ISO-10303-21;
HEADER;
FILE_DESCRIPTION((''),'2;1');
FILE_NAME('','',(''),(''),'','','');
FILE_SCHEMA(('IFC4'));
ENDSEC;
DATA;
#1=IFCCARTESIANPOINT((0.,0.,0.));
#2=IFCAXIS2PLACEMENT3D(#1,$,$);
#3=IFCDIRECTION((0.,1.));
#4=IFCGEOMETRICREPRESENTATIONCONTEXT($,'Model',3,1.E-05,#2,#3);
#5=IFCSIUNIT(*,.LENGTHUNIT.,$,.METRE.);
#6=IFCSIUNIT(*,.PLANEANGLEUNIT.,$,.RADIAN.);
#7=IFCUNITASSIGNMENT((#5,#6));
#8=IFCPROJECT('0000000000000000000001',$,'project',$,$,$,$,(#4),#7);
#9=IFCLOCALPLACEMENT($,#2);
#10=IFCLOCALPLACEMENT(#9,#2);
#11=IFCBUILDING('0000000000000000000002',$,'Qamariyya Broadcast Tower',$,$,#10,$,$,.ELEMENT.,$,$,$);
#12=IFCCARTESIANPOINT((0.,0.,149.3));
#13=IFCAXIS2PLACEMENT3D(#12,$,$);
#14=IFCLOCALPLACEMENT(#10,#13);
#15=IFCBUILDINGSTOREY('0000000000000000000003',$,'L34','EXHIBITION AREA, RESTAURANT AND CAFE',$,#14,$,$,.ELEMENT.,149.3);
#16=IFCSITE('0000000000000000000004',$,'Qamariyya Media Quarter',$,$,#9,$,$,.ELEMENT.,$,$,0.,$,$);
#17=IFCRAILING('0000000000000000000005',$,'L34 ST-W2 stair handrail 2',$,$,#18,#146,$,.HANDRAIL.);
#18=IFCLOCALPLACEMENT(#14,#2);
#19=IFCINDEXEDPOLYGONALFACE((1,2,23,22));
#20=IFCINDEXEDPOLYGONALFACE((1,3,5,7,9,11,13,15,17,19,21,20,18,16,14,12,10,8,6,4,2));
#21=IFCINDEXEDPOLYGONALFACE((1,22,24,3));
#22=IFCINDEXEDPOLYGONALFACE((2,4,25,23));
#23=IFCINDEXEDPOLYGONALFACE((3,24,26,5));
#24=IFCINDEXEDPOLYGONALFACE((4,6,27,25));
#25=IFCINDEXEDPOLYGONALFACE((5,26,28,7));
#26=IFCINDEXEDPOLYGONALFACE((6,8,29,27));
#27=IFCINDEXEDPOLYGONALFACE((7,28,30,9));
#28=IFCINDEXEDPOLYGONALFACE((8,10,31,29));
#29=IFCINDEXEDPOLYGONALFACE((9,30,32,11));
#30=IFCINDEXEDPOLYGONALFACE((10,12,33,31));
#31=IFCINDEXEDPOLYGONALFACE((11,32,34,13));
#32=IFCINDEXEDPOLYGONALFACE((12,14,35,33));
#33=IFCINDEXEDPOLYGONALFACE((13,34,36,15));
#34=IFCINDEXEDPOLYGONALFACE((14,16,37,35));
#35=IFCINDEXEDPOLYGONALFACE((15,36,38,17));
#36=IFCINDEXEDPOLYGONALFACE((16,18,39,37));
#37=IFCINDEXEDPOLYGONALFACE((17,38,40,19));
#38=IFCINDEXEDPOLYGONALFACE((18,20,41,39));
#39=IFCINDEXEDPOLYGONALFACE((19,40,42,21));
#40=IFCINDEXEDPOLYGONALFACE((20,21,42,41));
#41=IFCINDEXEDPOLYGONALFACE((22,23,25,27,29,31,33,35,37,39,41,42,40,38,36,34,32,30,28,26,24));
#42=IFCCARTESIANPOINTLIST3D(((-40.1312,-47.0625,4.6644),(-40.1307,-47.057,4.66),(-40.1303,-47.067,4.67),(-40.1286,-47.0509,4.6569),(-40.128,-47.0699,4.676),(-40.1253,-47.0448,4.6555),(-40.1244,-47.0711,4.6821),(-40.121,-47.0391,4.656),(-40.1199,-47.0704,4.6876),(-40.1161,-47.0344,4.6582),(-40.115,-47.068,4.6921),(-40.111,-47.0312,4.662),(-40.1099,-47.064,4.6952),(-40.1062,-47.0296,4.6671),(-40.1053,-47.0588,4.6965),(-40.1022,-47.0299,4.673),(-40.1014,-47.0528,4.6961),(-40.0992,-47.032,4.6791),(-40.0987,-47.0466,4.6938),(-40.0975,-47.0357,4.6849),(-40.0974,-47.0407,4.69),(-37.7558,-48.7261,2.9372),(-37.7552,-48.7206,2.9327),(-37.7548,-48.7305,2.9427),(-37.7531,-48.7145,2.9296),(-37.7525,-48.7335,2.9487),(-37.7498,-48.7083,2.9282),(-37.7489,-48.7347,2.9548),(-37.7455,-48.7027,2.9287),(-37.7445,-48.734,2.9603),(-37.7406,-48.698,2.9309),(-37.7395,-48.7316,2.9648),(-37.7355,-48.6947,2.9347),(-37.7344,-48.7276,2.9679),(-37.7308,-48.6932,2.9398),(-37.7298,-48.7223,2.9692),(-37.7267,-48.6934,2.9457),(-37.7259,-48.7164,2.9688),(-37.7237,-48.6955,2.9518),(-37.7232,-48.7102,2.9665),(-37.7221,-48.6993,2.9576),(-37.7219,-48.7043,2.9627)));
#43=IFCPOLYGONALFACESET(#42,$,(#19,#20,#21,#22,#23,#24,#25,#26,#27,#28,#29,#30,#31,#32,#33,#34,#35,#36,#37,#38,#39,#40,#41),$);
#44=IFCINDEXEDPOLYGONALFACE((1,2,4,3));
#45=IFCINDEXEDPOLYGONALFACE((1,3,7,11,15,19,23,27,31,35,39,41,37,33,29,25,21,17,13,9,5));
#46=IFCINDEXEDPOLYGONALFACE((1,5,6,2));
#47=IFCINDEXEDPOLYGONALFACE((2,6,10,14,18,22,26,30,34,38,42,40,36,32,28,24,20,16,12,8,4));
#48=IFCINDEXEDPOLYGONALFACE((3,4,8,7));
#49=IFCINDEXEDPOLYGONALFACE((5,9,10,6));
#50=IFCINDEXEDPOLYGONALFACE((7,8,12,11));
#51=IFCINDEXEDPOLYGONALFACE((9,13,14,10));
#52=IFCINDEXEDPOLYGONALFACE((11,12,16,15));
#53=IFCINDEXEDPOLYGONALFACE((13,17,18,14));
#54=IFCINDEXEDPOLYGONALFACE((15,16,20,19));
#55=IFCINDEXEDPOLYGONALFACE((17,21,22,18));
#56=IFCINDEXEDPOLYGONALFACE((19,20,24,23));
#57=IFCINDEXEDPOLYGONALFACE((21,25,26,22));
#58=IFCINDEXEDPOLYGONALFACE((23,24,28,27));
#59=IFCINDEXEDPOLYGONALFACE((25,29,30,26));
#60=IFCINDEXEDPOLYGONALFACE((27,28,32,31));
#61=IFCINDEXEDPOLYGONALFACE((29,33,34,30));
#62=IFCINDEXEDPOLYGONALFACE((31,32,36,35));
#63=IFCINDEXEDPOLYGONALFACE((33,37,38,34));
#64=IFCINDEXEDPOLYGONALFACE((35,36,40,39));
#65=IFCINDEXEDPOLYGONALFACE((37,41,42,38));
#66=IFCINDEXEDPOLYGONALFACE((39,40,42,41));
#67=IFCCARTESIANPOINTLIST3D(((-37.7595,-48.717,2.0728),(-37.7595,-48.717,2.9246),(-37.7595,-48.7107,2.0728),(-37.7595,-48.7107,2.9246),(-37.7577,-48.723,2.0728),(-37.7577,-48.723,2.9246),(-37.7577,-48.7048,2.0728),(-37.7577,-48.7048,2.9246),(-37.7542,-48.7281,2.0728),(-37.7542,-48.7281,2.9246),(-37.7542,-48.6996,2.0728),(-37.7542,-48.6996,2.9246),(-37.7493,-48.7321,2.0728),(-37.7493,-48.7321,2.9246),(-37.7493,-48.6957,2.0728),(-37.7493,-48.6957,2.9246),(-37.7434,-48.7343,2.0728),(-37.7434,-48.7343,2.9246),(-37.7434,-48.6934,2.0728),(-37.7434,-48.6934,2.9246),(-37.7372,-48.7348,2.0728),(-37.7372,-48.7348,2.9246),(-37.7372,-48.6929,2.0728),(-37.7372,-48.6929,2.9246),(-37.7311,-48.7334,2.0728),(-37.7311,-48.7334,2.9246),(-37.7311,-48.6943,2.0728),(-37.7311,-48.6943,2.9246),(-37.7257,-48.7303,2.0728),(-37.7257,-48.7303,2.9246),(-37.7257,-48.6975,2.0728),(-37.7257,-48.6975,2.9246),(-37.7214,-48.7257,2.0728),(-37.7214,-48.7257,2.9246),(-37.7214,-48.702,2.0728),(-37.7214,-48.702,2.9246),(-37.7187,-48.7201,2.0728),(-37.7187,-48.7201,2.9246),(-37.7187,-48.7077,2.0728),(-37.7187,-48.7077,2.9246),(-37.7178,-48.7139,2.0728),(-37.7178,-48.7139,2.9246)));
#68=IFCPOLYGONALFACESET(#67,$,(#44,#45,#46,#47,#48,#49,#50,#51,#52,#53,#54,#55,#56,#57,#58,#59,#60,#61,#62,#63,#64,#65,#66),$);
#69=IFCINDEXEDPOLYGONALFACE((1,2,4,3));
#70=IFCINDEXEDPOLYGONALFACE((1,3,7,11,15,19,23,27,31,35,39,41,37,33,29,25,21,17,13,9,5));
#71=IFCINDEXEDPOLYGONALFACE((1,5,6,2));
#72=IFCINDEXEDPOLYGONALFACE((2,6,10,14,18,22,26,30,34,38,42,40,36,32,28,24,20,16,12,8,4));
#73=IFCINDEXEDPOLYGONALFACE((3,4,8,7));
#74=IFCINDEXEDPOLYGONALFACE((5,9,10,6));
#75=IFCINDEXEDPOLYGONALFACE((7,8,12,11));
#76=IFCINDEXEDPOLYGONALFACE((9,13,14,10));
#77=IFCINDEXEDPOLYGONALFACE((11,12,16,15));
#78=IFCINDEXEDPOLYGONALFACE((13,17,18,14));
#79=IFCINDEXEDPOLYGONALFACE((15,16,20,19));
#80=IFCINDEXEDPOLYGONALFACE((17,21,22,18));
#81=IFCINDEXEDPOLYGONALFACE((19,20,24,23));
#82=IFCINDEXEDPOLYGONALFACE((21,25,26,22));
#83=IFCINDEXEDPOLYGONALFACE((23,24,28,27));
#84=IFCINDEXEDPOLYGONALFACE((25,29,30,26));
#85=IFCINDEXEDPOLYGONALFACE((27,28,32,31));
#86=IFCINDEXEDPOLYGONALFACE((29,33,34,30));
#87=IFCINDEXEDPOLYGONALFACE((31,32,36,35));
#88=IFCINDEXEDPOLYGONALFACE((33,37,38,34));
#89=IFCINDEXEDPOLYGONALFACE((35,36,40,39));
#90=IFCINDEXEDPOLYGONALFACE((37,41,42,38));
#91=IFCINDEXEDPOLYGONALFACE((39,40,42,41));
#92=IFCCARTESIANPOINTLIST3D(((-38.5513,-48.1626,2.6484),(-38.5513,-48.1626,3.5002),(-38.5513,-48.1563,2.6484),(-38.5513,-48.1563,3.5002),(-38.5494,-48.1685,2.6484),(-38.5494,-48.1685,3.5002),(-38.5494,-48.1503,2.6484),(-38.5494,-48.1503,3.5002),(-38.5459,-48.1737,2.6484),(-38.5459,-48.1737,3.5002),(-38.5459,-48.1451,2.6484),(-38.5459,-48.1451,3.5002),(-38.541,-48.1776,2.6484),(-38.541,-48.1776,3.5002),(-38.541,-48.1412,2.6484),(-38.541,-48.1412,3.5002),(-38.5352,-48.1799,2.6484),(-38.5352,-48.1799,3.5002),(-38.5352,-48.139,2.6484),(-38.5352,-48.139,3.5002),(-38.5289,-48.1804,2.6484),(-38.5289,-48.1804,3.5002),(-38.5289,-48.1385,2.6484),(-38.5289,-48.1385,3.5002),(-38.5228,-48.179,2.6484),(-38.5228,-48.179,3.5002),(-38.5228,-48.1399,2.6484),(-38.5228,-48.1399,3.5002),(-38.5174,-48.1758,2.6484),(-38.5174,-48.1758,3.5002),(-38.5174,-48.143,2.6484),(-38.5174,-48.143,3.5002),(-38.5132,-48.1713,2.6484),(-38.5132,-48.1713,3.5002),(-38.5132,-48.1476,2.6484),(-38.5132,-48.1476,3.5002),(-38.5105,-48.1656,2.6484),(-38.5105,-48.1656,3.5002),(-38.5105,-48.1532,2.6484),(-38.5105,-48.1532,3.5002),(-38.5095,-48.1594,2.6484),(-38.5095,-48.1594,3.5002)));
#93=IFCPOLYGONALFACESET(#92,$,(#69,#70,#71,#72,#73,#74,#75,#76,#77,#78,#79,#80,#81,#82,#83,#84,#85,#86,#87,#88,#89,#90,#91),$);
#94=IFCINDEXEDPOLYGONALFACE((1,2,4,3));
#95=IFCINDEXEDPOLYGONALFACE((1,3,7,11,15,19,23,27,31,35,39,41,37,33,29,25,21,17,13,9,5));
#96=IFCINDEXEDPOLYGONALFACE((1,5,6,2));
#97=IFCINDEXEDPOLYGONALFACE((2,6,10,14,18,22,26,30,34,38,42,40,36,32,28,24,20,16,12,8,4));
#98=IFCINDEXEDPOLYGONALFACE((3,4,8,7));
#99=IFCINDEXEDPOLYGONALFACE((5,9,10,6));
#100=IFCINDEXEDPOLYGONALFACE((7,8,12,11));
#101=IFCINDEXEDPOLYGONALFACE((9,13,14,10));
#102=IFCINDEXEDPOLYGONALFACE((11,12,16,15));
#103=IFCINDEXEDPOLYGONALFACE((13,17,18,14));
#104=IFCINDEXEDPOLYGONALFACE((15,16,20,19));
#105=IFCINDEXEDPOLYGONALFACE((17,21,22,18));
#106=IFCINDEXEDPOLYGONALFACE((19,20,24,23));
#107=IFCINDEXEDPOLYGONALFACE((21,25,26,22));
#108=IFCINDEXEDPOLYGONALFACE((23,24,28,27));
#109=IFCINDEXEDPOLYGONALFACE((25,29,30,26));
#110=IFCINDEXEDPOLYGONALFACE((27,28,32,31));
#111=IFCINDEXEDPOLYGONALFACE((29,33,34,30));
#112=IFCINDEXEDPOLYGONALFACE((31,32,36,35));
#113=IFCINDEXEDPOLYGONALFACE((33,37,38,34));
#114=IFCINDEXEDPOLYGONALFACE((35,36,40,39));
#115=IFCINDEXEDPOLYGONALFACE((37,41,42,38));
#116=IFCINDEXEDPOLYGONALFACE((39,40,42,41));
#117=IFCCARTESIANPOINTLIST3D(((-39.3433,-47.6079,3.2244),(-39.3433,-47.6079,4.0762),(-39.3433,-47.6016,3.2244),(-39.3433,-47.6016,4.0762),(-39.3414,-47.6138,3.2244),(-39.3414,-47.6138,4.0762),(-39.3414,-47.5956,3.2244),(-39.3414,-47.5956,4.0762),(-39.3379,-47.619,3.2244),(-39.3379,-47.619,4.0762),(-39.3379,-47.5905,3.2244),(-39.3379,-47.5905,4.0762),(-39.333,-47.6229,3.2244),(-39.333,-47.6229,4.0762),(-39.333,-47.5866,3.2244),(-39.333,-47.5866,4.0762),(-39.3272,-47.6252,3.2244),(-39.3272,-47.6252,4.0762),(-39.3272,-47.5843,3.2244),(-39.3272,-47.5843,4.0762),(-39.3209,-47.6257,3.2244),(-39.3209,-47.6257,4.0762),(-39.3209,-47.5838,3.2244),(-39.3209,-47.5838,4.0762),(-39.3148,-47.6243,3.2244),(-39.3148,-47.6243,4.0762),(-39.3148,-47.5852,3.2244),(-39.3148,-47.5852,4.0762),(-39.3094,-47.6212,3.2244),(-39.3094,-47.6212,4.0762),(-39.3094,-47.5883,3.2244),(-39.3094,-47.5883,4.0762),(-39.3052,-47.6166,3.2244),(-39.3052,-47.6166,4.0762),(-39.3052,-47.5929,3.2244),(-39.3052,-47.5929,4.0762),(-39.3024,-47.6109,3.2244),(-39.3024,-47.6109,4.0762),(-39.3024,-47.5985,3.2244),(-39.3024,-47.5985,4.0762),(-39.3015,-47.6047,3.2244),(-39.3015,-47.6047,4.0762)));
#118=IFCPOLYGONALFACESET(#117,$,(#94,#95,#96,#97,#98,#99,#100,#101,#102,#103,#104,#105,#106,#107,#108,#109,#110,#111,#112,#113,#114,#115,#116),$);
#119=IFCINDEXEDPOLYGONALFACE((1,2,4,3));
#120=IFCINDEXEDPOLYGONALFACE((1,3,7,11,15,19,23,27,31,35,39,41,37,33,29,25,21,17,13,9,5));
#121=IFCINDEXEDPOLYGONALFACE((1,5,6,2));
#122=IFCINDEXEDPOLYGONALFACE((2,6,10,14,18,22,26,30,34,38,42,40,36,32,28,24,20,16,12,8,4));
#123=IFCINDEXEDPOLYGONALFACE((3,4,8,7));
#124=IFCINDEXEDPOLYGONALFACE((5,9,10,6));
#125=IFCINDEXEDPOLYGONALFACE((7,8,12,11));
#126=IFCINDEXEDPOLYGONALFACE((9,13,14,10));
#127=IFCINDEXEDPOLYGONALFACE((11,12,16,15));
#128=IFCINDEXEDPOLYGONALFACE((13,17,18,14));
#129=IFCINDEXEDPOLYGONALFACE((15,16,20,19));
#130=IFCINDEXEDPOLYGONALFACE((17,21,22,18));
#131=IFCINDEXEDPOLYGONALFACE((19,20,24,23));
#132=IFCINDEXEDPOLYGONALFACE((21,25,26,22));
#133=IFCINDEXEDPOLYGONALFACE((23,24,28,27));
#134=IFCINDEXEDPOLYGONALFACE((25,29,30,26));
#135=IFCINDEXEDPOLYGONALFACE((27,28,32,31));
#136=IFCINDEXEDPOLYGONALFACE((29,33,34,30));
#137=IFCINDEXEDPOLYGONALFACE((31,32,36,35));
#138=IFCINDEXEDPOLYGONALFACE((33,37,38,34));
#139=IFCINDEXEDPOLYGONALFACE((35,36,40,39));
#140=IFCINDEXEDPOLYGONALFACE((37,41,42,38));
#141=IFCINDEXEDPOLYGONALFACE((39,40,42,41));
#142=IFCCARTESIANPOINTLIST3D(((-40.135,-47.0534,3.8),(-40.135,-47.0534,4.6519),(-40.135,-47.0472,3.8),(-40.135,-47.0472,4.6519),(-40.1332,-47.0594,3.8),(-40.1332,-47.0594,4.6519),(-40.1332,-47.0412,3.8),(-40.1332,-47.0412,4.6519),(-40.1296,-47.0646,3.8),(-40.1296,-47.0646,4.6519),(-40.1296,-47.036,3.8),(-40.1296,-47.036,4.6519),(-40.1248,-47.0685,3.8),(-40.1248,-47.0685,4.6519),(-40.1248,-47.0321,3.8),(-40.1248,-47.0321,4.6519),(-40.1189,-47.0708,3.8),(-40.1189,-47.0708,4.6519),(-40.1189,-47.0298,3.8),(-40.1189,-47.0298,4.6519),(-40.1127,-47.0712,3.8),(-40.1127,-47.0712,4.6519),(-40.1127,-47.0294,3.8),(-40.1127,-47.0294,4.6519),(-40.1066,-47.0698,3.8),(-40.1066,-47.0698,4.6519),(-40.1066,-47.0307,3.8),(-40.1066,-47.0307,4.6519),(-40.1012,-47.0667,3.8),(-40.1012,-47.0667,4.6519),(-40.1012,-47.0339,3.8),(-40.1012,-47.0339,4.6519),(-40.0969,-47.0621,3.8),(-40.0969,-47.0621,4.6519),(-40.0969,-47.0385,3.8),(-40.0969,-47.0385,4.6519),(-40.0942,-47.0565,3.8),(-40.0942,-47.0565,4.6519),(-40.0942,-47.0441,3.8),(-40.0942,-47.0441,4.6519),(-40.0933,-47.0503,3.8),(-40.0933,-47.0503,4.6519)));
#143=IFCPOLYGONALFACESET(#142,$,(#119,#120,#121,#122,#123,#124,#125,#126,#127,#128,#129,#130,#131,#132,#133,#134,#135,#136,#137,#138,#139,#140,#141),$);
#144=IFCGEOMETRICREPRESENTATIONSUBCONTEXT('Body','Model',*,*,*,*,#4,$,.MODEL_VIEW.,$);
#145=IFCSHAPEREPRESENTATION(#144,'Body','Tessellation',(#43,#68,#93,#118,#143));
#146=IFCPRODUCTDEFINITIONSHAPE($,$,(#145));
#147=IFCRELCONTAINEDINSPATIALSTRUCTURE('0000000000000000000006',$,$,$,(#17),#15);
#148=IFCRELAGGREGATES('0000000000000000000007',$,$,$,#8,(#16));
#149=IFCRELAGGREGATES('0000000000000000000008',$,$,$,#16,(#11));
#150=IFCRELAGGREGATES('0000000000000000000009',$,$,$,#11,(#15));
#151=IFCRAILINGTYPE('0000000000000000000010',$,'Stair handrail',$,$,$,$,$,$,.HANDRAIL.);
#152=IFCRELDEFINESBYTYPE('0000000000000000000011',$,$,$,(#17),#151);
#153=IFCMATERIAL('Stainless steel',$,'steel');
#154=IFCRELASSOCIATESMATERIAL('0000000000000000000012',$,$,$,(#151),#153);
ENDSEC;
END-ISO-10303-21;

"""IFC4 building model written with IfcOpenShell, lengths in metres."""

from ifc_helpers import new_model, si_unit, direction, frame, origin, origin_2d, place, context, subcontext, project, spatial, circle, extrude, material, type_object, element, save


model = new_model("IFC4")

# Units and contexts
model_context = context("Model", 3, precision=1e-05, world=origin(), true_north=direction((0.0, 1.0)))
body_context = subcontext(model_context, "Body", "Model", "MODEL_VIEW")
ifc_project = project(units=[si_unit("LENGTHUNIT", "METRE"), si_unit("PLANEANGLEUNIT", "RADIAN")], contexts=[model_context])

# Site, building, storey
site_placement = place(None, origin())
site = spatial("IfcSite", under=ifc_project, at=site_placement, Name="Qamariyya Media Quarter", CompositionType="ELEMENT", RefElevation=0.0)
building_placement = place(site_placement, origin())
building = spatial("IfcBuilding", under=site, at=building_placement, Name="Qamariyya Broadcast Tower", CompositionType="ELEMENT")
storey_placement = place(building_placement, frame((0.0, 0.0, 149.3)))
storey = spatial("IfcBuildingStorey", under=building, at=storey_placement, Name="L34", Description="EXHIBITION AREA, RESTAURANT AND CAFE", CompositionType="ELEMENT", Elevation=149.3)

# Railing
ifc_material_1 = material(Name="Stainless steel", Category="steel")
railing_type_1 = type_object("IfcRailingType", Name="Stair handrail", PredefinedType="HANDRAIL", material=ifc_material_1)
railing_1_placement = place(storey_placement, frame((-37.7388, -48.7139, 2.0728)))
element("IfcRailing", 1, at=railing_1_placement, inside=storey, type_object=railing_type_1, Name="L34 ST-W2 stair handrail 2", PredefinedType="HANDRAIL", context=body_context, shape_type="SweptSolid", body=[
    extrude(circle(Radius=0.0239, at=origin_2d()), frame((0.0, 0.0, 0.876), z_axis=(-0.703745, 0.492838, 0.511716), x_axis=(-0.573632, -0.819113, 0.0)), (0.0, 0.0, 1.0), 3.3755),
    extrude(circle(Radius=0.021, at=origin_2d()), origin(), (0.0, 0.0, 1.0), 0.8518),
    extrude(circle(Radius=0.021, at=origin_2d()), frame((-0.7917, 0.5544, 0.5757)), (0.0, 0.0, 1.0), 0.8518),
    extrude(circle(Radius=0.021, at=origin_2d()), frame((-1.5837, 1.1091, 1.1516)), (0.0, 0.0, 1.0), 0.8518),
    extrude(circle(Radius=0.021, at=origin_2d()), frame((-2.3755, 1.6636, 1.7273)), (0.0, 0.0, 1.0), 0.8518),
])

save(model, "model.ifc")
